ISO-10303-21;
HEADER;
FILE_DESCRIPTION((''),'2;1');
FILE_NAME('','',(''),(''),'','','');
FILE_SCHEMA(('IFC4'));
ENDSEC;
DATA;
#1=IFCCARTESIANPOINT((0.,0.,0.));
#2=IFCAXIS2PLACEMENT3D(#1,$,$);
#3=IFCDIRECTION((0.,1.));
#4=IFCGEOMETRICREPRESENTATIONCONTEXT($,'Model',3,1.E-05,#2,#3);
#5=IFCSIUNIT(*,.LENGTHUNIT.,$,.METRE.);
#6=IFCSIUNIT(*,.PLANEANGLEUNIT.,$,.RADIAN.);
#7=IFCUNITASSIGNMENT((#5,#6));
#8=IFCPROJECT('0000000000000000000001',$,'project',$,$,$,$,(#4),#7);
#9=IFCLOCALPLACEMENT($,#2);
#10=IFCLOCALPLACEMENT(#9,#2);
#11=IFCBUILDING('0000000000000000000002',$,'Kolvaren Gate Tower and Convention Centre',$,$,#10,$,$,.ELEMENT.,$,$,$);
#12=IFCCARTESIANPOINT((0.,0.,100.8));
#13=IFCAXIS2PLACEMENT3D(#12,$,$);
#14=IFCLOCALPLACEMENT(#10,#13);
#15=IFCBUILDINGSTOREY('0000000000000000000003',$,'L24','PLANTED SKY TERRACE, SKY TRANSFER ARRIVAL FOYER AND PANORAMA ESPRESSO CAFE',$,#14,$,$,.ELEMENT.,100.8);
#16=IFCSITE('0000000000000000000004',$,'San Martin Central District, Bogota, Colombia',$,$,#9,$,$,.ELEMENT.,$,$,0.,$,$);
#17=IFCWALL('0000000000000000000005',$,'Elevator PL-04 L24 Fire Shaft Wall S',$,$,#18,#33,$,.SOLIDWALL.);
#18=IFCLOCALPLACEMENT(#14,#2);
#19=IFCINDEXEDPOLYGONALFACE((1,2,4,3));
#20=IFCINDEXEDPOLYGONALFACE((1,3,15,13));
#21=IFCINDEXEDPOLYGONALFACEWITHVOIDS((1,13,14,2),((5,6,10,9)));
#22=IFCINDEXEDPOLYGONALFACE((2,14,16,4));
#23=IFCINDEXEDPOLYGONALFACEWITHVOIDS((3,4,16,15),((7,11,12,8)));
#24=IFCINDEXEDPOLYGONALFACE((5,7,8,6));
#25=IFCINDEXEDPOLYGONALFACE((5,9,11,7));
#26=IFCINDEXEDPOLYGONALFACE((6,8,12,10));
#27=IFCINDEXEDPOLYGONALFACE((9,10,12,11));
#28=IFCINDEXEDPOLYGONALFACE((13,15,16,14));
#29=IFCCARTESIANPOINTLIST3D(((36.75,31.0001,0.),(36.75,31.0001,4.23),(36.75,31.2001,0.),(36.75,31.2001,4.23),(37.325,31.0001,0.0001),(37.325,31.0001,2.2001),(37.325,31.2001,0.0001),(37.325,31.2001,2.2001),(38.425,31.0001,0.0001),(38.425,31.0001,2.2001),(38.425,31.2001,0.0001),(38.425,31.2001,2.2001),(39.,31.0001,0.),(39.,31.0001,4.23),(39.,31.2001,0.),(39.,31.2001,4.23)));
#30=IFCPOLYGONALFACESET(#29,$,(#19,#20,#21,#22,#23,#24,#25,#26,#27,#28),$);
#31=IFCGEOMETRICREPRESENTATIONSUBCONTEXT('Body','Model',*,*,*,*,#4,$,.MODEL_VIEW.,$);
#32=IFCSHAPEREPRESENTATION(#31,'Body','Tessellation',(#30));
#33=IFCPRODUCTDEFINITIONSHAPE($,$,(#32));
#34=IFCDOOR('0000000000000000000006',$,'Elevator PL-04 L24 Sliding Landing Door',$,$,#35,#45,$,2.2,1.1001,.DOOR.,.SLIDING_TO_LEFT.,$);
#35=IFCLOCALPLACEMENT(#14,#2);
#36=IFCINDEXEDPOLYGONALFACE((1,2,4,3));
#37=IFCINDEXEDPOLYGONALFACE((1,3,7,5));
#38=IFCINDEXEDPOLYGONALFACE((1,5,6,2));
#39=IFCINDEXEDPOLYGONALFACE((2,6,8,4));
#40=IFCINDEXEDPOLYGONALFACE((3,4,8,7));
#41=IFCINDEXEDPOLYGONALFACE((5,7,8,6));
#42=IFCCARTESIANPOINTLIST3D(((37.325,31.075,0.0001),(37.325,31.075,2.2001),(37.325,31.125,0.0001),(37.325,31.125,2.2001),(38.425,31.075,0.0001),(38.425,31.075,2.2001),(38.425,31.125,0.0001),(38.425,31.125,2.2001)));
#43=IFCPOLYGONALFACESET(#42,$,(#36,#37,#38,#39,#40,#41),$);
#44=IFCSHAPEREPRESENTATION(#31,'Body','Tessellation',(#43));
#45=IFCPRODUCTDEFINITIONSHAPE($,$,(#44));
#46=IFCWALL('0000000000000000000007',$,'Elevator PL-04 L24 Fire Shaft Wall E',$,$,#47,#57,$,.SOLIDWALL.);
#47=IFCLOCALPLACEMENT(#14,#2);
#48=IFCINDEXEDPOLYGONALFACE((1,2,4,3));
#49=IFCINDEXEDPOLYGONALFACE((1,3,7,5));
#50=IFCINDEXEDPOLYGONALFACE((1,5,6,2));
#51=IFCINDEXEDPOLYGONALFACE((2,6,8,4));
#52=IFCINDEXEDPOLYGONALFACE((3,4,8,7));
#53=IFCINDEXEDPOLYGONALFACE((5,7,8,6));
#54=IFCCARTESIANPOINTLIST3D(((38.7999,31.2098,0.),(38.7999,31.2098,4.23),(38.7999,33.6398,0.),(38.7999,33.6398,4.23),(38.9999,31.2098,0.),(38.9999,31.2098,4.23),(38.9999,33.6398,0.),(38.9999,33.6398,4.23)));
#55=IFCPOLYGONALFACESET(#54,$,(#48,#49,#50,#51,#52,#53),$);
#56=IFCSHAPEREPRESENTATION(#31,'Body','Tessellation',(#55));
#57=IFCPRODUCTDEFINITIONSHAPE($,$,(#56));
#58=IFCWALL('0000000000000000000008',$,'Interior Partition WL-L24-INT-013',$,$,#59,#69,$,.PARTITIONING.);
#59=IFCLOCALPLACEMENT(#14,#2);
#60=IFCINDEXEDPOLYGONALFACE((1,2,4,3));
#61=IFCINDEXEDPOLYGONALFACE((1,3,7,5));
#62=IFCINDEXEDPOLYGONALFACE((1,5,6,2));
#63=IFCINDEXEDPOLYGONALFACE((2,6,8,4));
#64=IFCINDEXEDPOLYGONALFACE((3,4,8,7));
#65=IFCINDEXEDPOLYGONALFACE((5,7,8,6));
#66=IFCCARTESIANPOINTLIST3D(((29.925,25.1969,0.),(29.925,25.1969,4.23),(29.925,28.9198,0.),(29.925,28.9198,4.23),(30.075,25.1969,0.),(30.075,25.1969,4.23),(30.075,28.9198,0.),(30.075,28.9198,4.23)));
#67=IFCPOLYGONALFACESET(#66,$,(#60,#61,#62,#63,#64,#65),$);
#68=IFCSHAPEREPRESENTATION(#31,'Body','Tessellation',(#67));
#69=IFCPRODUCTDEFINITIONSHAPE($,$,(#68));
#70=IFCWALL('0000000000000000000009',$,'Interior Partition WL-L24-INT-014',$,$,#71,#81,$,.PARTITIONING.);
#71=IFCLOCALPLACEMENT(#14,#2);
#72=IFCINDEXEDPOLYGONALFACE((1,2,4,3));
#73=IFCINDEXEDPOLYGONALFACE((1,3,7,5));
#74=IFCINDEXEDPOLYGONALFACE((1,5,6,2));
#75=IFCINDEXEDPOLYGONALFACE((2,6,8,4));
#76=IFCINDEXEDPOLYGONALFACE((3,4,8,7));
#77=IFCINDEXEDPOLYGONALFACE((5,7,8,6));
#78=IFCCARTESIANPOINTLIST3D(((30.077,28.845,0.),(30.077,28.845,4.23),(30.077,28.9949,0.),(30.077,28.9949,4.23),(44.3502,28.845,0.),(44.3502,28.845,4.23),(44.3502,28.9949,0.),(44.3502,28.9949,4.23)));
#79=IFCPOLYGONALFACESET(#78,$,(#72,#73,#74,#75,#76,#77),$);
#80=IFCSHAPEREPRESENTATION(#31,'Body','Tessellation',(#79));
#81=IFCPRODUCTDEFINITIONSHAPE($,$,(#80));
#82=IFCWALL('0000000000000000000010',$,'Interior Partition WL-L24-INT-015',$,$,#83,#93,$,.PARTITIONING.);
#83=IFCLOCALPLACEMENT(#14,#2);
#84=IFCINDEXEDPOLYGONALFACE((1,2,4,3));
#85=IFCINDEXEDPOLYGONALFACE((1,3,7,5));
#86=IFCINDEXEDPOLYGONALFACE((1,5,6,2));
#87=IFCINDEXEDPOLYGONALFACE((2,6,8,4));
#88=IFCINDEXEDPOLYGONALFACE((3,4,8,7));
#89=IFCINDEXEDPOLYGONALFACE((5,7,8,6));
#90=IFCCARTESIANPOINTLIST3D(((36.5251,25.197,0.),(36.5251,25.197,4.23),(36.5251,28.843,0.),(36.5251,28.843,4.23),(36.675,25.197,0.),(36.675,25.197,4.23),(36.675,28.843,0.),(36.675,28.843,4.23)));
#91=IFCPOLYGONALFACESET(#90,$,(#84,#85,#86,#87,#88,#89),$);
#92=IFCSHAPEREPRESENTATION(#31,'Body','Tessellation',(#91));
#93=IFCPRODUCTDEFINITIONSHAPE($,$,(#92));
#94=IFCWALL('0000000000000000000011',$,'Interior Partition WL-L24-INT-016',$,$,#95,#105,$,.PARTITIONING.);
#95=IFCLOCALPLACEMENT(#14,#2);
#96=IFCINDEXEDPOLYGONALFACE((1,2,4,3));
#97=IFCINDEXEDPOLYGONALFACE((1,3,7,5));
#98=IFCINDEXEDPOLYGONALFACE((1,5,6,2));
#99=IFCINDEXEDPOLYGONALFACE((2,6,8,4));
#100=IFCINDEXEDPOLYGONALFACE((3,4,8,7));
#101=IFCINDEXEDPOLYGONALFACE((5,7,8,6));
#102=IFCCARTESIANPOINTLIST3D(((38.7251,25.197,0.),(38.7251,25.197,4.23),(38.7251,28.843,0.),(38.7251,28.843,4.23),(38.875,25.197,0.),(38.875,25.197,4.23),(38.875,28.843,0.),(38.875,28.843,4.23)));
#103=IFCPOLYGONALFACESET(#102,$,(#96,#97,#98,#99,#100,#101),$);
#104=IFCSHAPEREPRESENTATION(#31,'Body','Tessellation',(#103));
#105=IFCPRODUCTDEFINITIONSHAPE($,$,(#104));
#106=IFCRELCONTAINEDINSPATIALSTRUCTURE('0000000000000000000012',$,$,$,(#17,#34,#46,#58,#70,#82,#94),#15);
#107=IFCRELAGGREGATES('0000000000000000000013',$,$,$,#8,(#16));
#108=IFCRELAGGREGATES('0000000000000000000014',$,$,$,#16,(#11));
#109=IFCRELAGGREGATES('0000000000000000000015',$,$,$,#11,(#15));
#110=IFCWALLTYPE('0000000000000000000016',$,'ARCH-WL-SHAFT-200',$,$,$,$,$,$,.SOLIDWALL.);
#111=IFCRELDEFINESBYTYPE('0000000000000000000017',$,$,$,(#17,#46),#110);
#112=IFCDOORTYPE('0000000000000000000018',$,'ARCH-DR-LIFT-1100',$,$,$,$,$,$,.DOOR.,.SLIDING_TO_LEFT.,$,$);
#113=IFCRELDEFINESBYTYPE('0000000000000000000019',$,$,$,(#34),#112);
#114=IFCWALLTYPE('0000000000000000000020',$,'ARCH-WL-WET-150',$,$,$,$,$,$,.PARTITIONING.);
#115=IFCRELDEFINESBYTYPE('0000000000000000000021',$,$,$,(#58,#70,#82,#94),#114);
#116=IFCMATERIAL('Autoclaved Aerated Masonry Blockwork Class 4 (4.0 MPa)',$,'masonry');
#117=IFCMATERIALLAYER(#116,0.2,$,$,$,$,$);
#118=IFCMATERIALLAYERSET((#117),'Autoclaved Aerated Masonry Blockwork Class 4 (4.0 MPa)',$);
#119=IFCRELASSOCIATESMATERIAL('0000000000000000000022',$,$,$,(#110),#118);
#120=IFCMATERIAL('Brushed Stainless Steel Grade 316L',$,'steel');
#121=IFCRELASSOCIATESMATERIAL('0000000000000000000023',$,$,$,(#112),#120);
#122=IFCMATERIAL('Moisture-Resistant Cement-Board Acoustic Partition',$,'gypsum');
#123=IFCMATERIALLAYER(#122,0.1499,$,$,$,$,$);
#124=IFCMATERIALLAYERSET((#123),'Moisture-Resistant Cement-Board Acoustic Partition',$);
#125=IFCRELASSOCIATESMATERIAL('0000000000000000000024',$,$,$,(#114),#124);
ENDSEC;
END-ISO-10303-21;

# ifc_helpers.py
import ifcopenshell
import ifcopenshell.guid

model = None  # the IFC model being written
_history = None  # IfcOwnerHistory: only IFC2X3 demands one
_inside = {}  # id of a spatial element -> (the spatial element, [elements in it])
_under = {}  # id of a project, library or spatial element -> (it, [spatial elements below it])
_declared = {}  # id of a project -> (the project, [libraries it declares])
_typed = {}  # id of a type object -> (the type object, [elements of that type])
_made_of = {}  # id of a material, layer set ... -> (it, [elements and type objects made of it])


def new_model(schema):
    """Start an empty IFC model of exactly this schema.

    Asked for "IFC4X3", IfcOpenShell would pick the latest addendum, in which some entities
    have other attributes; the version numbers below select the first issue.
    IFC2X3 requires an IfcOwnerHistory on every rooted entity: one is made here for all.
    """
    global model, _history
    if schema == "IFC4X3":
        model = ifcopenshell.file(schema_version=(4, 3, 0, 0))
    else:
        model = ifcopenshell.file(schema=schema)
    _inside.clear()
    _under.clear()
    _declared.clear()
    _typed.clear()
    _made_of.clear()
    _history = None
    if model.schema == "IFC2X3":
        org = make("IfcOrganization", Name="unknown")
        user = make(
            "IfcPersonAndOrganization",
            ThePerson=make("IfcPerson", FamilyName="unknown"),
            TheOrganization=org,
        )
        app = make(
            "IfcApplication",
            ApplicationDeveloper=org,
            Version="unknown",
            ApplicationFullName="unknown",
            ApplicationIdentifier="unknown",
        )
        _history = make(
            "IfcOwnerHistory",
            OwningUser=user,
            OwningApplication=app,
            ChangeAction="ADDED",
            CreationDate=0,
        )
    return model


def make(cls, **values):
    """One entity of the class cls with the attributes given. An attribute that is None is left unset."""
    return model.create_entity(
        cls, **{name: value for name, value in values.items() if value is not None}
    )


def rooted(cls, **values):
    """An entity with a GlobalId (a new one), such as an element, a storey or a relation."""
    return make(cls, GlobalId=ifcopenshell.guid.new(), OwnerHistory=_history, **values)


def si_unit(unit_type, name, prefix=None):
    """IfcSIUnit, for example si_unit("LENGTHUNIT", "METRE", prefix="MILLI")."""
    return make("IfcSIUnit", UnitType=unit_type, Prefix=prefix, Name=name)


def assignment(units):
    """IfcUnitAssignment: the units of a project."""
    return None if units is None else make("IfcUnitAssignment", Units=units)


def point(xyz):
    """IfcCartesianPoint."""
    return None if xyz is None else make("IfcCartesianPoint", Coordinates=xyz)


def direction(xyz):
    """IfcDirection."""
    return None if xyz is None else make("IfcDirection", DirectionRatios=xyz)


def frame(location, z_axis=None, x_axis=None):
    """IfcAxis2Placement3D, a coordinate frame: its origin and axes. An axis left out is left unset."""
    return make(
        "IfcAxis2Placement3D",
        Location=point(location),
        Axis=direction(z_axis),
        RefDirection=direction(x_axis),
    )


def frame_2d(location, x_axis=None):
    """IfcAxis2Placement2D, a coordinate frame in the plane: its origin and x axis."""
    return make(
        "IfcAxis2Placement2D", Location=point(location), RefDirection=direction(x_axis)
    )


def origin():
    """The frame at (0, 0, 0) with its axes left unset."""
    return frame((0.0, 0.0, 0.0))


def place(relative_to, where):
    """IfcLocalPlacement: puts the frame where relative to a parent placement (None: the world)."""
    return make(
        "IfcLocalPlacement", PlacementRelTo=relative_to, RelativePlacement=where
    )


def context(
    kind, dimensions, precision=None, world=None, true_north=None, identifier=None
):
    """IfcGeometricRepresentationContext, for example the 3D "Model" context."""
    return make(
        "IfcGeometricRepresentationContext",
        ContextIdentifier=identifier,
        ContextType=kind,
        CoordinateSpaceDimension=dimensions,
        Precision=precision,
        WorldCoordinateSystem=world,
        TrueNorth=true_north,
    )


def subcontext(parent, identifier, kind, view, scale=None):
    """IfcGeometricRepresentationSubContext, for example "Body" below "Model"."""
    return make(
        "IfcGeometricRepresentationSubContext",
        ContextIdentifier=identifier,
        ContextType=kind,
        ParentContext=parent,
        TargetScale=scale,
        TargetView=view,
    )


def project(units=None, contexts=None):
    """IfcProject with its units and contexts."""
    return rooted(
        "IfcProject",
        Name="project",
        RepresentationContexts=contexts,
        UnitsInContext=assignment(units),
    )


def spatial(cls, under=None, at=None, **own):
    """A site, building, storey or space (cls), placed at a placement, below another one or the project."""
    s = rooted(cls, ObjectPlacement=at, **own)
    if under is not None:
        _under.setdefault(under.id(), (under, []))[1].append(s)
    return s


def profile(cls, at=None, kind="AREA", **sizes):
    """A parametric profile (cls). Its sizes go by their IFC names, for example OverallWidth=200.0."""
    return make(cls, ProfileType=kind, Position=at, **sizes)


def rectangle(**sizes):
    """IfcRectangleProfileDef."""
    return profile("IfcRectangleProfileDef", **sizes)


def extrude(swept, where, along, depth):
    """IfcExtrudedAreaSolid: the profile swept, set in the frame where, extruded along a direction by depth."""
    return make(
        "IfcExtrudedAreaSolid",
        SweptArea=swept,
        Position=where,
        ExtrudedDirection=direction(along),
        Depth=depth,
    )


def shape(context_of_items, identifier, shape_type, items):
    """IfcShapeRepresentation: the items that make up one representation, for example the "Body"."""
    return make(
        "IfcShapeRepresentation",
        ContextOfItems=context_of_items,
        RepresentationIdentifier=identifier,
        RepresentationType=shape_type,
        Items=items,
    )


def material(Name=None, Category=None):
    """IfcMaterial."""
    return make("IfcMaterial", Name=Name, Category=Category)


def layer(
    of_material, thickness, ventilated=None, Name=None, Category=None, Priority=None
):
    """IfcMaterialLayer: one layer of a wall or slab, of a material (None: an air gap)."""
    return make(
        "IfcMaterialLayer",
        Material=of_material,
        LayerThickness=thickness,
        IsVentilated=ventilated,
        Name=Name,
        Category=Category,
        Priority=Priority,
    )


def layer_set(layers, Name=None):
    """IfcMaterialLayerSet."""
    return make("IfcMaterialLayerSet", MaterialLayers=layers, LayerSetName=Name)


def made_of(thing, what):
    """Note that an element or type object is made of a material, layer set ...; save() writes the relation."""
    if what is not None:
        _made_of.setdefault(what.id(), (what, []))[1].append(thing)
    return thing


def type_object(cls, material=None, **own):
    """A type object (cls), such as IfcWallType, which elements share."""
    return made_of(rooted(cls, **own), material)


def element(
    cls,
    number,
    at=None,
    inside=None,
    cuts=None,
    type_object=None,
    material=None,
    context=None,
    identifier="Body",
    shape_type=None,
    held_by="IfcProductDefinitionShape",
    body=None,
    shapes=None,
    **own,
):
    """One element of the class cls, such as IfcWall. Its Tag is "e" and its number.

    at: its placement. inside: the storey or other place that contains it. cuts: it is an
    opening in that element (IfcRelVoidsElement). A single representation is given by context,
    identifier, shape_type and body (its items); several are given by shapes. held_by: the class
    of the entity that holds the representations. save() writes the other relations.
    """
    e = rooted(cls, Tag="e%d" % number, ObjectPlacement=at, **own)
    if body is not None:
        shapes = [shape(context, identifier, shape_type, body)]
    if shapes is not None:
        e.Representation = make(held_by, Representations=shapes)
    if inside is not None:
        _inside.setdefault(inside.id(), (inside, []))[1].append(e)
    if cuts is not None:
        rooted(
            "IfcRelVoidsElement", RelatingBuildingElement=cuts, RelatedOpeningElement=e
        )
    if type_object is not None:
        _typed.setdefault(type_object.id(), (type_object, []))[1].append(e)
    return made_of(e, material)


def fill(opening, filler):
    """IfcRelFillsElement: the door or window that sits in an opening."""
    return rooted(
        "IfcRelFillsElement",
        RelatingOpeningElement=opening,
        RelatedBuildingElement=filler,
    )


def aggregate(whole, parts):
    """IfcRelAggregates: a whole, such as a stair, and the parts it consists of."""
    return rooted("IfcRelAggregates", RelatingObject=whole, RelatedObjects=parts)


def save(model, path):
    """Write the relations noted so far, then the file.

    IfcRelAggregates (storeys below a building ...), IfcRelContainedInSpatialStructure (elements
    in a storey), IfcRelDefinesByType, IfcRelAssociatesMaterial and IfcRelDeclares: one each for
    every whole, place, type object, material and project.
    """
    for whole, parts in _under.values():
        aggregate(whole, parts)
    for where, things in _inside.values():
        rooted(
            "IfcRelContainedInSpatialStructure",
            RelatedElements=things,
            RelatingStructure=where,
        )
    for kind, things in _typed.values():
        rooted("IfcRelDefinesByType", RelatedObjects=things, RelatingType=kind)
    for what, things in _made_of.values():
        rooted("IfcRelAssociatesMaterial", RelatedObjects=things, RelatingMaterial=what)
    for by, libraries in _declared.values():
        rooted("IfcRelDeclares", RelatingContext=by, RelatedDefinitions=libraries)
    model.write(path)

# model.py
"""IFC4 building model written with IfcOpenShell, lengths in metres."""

from ifc_helpers import new_model, si_unit, direction, frame, frame_2d, origin, place, context, subcontext, project, spatial, rectangle, extrude, material, layer, layer_set, type_object, element, fill, save


model = new_model("IFC4")

# Units and contexts
model_context = context("Model", 3, precision=1e-05, world=origin(), true_north=direction((0.0, 1.0)))
body_context = subcontext(model_context, "Body", "Model", "MODEL_VIEW")
ifc_project = project(units=[si_unit("LENGTHUNIT", "METRE"), si_unit("PLANEANGLEUNIT", "RADIAN")], contexts=[model_context])

# Site, building, storey
site_placement = place(None, origin())
site = spatial("IfcSite", under=ifc_project, at=site_placement, Name="San Martin Central District, Bogota, Colombia", CompositionType="ELEMENT", RefElevation=0.0)
building_placement = place(site_placement, origin())
building = spatial("IfcBuilding", under=site, at=building_placement, Name="Kolvaren Gate Tower and Convention Centre", CompositionType="ELEMENT")
storey_placement = place(building_placement, frame((0.0, 0.0, 100.8)))
storey = spatial("IfcBuildingStorey", under=building, at=storey_placement, Name="L24", Description="PLANTED SKY TERRACE, SKY TRANSFER ARRIVAL FOYER AND PANORAMA ESPRESSO CAFE", CompositionType="ELEMENT", Elevation=100.8)

# Shared definitions
ifc_material_1 = material(Name="Autoclaved Aerated Masonry Blockwork Class 4 (4.0 MPa)", Category="masonry")
ifc_layer_1 = layer(ifc_material_1, 0.2)
ifc_layer_set_1 = layer_set([ifc_layer_1], Name="Autoclaved Aerated Masonry Blockwork Class 4 (4.0 MPa)")
wall_type_1 = type_object("IfcWallType", Name="ARCH-WL-SHAFT-200", PredefinedType="SOLIDWALL", material=ifc_layer_set_1)
ifc_material_2 = material(Name="Brushed Stainless Steel Grade 316L", Category="steel")
door_type = type_object("IfcDoorType", Name="ARCH-DR-LIFT-1100", OperationType="SLIDING_TO_LEFT", PredefinedType="DOOR", material=ifc_material_2)

# Wall, opening, door
wall_1_placement = place(storey_placement, frame((36.75, 31.1001, 0.0), z_axis=(0.0, 0.0, 1.0), x_axis=(1.0, 0.0, 0.0)))
wall_1 = element("IfcWall", 1, at=wall_1_placement, inside=storey, type_object=wall_type_1, Name="Elevator PL-04 L24 Fire Shaft Wall S", PredefinedType="SOLIDWALL", context=body_context, shape_type="SweptSolid", body=[
    extrude(rectangle(XDim=2.25, YDim=0.2, at=frame_2d((1.125, 0.0))), origin(), (0.0, 0.0, 1.0), 4.23),
])
opening_1_placement = place(wall_1_placement, frame((0.575, 0.0, 0.0)))
opening_1 = element("IfcOpeningElement", 2, at=opening_1_placement, cuts=wall_1, PredefinedType="OPENING", context=body_context, shape_type="SweptSolid", body=[
    extrude(rectangle(XDim=1.1001, YDim=2.2, at=frame_2d((0.55, 1.1001))), frame((0.0, 0.1099, 0.0), z_axis=(0.0, -1.0, 0.0), x_axis=(1.0, 0.0, 0.0)), (0.0, 0.0, 1.0), 0.22),
])
door_1_placement = place(opening_1_placement, origin())
door_1 = element("IfcDoor", 3, at=door_1_placement, inside=storey, type_object=door_type, Name="Elevator PL-04 L24 Sliding Landing Door", OperationType="SLIDING_TO_LEFT", OverallHeight=2.2, OverallWidth=1.1001, PredefinedType="DOOR", context=body_context, shape_type="SweptSolid", body=[
    extrude(rectangle(XDim=1.1001, YDim=2.2, at=frame_2d((0.55, 1.1001))), frame((0.0, 0.0249, 0.0), z_axis=(0.0, -1.0, 0.0), x_axis=(1.0, 0.0, 0.0)), (0.0, 0.0, 1.0), 0.05),
])
fill(opening_1, door_1)

# Walls
wall_2_placement = place(storey_placement, frame((38.8999, 31.21, 0.0), z_axis=(0.0, 0.0, 1.0), x_axis=(0.0, 1.0, 0.0)))
element("IfcWall", 4, at=wall_2_placement, inside=storey, type_object=wall_type_1, Name="Elevator PL-04 L24 Fire Shaft Wall E", PredefinedType="SOLIDWALL", context=body_context, shape_type="SweptSolid", body=[
    extrude(rectangle(XDim=2.4299, YDim=0.2, at=frame_2d((1.2148, 0.0))), origin(), (0.0, 0.0, 1.0), 4.23),
])
ifc_material_3 = material(Name="Moisture-Resistant Cement-Board Acoustic Partition", Category="gypsum")
ifc_layer_2 = layer(ifc_material_3, 0.1499)
ifc_layer_set_2 = layer_set([ifc_layer_2], Name="Moisture-Resistant Cement-Board Acoustic Partition")
wall_type_2 = type_object("IfcWallType", Name="ARCH-WL-WET-150", PredefinedType="PARTITIONING", material=ifc_layer_set_2)
wall_3_placement = place(storey_placement, frame((30.0, 25.197, 0.0), z_axis=(0.0, 0.0, 1.0), x_axis=(0.0, 1.0, 0.0)))
element("IfcWall", 5, at=wall_3_placement, inside=storey, type_object=wall_type_2, Name="Interior Partition WL-L24-INT-013", PredefinedType="PARTITIONING", context=body_context, shape_type="SweptSolid", body=[
    extrude(rectangle(XDim=3.7229, YDim=0.1499, at=frame_2d((1.8613, 0.0))), origin(), (0.0, 0.0, 1.0), 4.23),
])
wall_4_placement = place(storey_placement, frame((30.0769, 28.9199, 0.0), z_axis=(0.0, 0.0, 1.0), x_axis=(1.0, 0.0, 0.0)))
element("IfcWall", 6, at=wall_4_placement, inside=storey, type_object=wall_type_2, Name="Interior Partition WL-L24-INT-014", PredefinedType="PARTITIONING", context=body_context, shape_type="SweptSolid", body=[
    extrude(rectangle(XDim=14.2732, YDim=0.1499, at=frame_2d((7.1367, 0.0))), origin(), (0.0, 0.0, 1.0), 4.23),
])
for number, where, z_axis, x_axis, name in (
    (7, (36.6001, 25.197, 0.0), (0.0, 0.0, 1.0), (0.0, 1.0, 0.0), "Interior Partition WL-L24-INT-015"),
    (8, (38.8, 25.197, 0.0), (0.0, 0.0, 1.0), (0.0, 1.0, 0.0), "Interior Partition WL-L24-INT-016"),
):
    element("IfcWall", number, at=place(storey_placement, frame(where, z_axis=z_axis, x_axis=x_axis)), inside=storey, type_object=wall_type_2, Name=name, PredefinedType="PARTITIONING", context=body_context, shape_type="SweptSolid", body=[
        extrude(rectangle(XDim=3.646, YDim=0.1499, at=frame_2d((1.823, 0.0))), origin(), (0.0, 0.0, 1.0), 4.23),
    ])

save(model, "model.ifc")
